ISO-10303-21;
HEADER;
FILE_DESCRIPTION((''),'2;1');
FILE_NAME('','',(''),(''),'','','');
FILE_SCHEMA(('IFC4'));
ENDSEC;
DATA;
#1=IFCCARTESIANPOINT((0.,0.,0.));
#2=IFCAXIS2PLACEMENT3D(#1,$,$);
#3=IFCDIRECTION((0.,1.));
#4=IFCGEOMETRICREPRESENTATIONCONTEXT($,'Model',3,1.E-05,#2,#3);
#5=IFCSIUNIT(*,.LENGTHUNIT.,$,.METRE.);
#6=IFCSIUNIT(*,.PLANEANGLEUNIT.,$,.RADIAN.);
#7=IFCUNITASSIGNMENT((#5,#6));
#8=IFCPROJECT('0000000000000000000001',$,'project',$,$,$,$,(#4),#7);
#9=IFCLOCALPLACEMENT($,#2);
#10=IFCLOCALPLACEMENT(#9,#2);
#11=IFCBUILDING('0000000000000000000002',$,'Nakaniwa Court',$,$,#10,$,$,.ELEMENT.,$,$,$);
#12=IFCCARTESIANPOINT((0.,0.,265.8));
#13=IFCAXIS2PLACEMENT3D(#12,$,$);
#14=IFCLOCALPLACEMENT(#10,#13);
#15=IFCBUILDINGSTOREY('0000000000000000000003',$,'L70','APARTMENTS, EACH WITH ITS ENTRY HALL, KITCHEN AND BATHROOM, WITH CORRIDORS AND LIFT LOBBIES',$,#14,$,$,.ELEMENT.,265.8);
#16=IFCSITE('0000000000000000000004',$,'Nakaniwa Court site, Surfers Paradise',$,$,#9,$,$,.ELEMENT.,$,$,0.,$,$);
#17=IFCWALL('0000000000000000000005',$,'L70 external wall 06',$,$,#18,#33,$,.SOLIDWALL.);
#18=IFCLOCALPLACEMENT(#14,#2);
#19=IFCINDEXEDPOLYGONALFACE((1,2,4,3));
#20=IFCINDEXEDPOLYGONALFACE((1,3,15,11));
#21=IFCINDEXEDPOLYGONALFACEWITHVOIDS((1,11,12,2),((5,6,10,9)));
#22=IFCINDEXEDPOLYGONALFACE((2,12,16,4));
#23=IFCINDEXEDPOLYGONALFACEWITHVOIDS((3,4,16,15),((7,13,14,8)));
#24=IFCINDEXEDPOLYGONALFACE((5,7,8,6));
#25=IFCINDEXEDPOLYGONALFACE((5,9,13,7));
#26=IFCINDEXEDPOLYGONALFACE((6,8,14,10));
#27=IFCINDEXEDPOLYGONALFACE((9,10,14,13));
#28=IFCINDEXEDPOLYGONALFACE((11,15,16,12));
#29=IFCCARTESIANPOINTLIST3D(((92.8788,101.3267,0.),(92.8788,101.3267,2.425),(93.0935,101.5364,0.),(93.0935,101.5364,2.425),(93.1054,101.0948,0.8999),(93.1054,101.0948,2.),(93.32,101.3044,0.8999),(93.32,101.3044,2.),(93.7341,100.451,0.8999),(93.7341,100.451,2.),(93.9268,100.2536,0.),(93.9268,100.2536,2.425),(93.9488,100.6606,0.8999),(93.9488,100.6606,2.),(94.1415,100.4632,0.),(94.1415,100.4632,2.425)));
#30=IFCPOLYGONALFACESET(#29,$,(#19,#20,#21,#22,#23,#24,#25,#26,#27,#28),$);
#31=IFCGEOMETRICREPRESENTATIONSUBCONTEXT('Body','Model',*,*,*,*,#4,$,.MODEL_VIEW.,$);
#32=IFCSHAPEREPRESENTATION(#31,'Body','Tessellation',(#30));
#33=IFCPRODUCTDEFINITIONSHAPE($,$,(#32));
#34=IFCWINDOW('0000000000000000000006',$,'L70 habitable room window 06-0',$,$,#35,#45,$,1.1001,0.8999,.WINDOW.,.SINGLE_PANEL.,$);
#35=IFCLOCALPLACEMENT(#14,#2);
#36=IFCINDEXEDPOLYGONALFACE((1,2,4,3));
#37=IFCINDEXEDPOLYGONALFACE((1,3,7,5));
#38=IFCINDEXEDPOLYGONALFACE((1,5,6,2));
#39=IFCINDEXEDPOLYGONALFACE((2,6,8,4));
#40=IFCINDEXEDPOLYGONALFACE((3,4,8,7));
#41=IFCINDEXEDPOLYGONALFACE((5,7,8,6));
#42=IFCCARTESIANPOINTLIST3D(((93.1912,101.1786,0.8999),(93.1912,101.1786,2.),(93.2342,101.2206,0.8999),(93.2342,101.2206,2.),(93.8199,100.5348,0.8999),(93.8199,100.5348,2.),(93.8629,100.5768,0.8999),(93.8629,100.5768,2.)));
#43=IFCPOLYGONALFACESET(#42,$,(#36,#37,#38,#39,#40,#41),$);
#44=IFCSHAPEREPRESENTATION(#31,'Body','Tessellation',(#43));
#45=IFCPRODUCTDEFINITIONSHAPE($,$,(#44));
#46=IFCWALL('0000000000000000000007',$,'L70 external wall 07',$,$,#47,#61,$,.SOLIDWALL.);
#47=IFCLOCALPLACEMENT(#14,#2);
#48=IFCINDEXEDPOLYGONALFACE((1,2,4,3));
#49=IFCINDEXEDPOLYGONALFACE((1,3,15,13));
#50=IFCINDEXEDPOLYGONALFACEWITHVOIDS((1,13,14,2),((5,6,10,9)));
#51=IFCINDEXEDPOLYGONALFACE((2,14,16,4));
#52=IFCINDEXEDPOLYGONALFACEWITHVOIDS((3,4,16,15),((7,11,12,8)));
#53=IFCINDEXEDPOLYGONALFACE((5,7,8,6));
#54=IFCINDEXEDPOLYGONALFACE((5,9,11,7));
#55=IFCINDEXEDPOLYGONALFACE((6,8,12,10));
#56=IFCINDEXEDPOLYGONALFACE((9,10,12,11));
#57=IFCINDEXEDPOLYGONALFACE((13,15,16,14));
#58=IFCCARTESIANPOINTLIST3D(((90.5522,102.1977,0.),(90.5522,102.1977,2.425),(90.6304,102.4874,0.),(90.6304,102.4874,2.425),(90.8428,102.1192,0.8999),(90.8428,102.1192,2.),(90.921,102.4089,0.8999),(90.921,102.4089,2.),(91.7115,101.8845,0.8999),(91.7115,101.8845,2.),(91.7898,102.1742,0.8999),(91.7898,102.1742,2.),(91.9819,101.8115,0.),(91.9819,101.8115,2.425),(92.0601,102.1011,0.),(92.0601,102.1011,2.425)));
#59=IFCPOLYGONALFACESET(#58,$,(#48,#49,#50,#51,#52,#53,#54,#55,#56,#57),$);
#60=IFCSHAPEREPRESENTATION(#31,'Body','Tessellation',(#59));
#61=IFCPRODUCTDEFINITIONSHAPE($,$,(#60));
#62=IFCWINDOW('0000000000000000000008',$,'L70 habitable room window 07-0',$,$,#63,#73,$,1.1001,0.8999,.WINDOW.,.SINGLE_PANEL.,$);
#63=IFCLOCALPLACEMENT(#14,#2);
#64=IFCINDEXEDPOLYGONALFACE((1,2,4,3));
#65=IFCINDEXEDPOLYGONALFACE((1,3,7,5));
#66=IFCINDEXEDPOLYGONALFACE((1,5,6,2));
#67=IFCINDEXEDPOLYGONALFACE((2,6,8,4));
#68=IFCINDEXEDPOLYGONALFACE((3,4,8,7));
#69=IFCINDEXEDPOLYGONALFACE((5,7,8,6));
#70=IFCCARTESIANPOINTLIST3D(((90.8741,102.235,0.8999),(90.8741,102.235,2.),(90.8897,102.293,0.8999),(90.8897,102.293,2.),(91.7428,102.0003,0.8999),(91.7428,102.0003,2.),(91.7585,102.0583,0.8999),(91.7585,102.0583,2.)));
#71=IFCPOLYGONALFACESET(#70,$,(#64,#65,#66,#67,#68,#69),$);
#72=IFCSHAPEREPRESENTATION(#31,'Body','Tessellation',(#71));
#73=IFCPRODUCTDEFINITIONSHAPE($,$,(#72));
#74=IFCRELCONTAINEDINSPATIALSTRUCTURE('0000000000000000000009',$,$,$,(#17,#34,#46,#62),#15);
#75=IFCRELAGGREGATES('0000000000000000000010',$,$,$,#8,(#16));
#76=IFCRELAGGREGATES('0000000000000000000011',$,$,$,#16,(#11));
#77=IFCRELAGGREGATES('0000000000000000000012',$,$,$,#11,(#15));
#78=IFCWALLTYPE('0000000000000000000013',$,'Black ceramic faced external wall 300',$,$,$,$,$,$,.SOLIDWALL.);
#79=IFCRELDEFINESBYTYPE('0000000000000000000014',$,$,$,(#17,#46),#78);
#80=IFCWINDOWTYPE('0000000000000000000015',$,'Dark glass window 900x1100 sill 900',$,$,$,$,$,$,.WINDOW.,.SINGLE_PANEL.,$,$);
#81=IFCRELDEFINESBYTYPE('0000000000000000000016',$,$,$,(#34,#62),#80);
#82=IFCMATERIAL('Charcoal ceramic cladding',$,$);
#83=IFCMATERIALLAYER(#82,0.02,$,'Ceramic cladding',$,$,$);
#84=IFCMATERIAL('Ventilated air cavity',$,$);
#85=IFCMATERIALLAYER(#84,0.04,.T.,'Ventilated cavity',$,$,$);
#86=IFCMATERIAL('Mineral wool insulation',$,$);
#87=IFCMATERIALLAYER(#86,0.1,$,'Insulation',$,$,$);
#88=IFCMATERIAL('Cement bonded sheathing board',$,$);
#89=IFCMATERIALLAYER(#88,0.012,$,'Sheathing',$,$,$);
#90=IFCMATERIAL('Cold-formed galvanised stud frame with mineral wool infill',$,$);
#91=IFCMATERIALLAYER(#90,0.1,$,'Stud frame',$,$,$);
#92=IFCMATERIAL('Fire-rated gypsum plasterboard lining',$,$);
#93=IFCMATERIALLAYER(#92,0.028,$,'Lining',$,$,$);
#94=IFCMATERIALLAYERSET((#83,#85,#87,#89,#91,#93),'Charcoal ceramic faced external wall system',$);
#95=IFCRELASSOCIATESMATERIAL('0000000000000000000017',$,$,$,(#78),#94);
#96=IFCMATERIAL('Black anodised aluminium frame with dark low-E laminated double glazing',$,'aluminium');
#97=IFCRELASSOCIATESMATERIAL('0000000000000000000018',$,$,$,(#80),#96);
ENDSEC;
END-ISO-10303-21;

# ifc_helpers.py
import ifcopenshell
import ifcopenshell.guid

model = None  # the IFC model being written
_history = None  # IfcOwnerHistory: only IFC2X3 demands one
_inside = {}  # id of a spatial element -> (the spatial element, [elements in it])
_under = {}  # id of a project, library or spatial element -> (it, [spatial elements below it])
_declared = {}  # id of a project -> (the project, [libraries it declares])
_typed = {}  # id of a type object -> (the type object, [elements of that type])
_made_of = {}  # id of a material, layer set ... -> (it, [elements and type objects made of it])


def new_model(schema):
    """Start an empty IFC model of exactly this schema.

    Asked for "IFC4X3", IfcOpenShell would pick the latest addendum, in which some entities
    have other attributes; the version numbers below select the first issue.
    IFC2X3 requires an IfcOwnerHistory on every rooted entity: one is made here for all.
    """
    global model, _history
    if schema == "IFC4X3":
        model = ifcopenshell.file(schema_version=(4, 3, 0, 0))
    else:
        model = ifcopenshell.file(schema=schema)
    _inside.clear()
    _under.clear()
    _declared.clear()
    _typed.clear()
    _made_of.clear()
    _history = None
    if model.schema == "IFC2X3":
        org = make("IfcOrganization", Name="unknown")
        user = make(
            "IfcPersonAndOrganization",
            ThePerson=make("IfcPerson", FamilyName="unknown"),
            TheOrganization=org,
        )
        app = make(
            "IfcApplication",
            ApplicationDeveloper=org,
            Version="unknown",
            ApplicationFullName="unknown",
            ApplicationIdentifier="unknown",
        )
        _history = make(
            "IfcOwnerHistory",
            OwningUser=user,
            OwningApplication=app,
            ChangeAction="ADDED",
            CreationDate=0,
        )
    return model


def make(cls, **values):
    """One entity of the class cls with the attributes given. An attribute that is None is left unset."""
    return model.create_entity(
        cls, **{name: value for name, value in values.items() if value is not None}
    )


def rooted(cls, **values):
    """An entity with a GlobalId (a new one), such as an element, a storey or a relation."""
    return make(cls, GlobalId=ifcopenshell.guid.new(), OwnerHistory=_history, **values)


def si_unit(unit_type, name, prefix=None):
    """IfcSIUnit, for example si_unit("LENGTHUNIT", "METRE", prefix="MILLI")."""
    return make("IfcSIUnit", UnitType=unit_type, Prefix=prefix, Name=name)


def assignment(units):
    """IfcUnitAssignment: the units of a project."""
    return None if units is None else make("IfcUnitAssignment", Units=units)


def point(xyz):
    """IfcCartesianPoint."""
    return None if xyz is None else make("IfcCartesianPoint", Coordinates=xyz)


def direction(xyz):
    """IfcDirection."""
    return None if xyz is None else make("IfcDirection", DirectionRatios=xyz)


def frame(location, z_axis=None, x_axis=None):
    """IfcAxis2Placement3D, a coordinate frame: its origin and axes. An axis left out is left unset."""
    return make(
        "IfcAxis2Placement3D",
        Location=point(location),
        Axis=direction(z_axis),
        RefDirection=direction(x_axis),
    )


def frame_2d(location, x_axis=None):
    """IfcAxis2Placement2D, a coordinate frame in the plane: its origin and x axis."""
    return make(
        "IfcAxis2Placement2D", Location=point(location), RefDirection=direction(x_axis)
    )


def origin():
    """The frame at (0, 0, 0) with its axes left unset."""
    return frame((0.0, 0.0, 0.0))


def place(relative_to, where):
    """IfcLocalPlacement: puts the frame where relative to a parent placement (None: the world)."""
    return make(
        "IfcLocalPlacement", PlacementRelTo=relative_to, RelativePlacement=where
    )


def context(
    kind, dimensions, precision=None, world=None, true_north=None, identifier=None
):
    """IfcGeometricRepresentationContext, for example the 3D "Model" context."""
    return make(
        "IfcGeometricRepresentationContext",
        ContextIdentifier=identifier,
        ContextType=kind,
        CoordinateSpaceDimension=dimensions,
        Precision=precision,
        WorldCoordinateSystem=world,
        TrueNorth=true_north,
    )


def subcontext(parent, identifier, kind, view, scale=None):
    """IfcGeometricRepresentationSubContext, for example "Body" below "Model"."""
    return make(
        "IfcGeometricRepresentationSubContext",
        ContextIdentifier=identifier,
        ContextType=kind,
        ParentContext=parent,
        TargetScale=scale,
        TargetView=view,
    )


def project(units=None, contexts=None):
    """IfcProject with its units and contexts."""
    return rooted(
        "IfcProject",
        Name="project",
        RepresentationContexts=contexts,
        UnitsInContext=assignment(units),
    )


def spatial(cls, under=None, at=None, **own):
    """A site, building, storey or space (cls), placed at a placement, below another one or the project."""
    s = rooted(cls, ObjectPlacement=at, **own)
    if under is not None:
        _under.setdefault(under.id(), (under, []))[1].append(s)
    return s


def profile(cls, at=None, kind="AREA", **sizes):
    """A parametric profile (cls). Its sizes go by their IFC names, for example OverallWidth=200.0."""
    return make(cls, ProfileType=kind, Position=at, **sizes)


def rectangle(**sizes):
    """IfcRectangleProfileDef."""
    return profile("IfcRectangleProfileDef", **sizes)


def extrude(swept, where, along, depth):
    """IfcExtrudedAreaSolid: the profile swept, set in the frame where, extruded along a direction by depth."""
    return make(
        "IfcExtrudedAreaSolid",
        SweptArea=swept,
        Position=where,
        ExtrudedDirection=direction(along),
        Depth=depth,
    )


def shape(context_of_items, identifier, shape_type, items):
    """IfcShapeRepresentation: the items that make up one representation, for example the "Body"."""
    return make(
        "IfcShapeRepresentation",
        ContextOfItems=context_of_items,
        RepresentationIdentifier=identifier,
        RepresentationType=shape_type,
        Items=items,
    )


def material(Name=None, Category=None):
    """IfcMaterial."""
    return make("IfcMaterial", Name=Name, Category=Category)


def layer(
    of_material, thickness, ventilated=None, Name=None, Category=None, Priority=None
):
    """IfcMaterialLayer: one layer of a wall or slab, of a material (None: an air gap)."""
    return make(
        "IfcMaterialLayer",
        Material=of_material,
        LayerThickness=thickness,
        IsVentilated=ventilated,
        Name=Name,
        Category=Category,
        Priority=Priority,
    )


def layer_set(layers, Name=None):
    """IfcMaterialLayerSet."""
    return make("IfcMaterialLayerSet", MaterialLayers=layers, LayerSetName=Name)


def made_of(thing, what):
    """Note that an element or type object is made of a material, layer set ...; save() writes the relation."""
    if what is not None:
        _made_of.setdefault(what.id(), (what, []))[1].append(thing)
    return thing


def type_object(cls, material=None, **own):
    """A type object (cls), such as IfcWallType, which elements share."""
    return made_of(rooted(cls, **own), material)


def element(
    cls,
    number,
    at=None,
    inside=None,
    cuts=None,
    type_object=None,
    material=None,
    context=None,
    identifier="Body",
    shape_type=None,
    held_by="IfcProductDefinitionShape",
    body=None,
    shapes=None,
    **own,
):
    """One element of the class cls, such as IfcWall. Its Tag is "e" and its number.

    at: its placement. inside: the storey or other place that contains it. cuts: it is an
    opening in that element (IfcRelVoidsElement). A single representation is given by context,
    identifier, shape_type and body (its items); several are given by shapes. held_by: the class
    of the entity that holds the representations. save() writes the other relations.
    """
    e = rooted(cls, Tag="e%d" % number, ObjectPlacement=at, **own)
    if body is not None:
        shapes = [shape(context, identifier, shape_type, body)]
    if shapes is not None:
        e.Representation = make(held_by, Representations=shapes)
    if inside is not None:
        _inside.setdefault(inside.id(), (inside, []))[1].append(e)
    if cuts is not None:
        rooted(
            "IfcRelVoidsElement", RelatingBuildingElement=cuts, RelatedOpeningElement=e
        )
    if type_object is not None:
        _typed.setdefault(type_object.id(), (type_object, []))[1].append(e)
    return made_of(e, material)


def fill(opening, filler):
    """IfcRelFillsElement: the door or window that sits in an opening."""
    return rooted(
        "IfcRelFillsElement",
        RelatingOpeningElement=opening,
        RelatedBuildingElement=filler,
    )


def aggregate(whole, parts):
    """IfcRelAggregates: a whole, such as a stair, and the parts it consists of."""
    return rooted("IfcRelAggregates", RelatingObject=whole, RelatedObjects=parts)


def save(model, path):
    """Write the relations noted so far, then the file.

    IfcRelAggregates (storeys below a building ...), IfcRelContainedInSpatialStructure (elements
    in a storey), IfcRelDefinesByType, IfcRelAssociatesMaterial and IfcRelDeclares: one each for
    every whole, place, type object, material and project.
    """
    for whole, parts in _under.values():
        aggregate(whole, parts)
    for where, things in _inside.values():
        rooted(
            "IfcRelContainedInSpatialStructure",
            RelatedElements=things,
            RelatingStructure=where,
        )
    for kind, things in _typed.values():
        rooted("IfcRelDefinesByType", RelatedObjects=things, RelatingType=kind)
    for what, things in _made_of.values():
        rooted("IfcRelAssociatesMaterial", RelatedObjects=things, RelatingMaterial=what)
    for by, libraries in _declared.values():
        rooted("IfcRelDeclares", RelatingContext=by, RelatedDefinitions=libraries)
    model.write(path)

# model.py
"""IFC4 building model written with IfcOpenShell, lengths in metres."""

from ifc_helpers import new_model, si_unit, direction, frame, frame_2d, origin, place, context, subcontext, project, spatial, rectangle, extrude, material, layer, layer_set, type_object, element, fill, save


model = new_model("IFC4")

# Units and contexts
model_context = context("Model", 3, precision=1e-05, world=origin(), true_north=direction((0.0, 1.0)))
body_context = subcontext(model_context, "Body", "Model", "MODEL_VIEW")
ifc_project = project(units=[si_unit("LENGTHUNIT", "METRE"), si_unit("PLANEANGLEUNIT", "RADIAN")], contexts=[model_context])

# Site, building, storey
site_placement = place(None, origin())
site = spatial("IfcSite", under=ifc_project, at=site_placement, Name="Nakaniwa Court site, Surfers Paradise", CompositionType="ELEMENT", RefElevation=0.0)
building_placement = place(site_placement, origin())
building = spatial("IfcBuilding", under=site, at=building_placement, Name="Nakaniwa Court", CompositionType="ELEMENT")
storey_placement = place(building_placement, frame((0.0, 0.0, 265.8)))
storey = spatial("IfcBuildingStorey", under=building, at=storey_placement, Name="L70", Description="APARTMENTS, EACH WITH ITS ENTRY HALL, KITCHEN AND BATHROOM, WITH CORRIDORS AND LIFT LOBBIES", CompositionType="ELEMENT", Elevation=265.8)

# Walls, openings, windows
ifc_material_1 = material(Name="Charcoal ceramic cladding")
ifc_layer_1 = layer(ifc_material_1, 0.02, Name="Ceramic cladding")
ifc_material_2 = material(Name="Ventilated air cavity")
ifc_layer_2 = layer(ifc_material_2, 0.04, ventilated=True, Name="Ventilated cavity")
ifc_material_3 = material(Name="Mineral wool insulation")
ifc_layer_3 = layer(ifc_material_3, 0.1, Name="Insulation")
ifc_material_4 = material(Name="Cement bonded sheathing board")
ifc_layer_4 = layer(ifc_material_4, 0.012, Name="Sheathing")
ifc_material_5 = material(Name="Cold-formed galvanised stud frame with mineral wool infill")
ifc_layer_5 = layer(ifc_material_5, 0.1, Name="Stud frame")
ifc_material_6 = material(Name="Fire-rated gypsum plasterboard lining")
ifc_layer_6 = layer(ifc_material_6, 0.028, Name="Lining")
ifc_layer_set_1 = layer_set([ifc_layer_1, ifc_layer_2, ifc_layer_3, ifc_layer_4, ifc_layer_5, ifc_layer_6], Name="Charcoal ceramic faced external wall system")
wall_type_1 = type_object("IfcWallType", Name="Black ceramic faced external wall 300", PredefinedType="SOLIDWALL", material=ifc_layer_set_1)
ifc_material_7 = material(Name="Black anodised aluminium frame with dark low-E laminated double glazing", Category="aluminium")
wall_1_placement = place(storey_placement, frame((94.0342, 100.3584, 0.0), z_axis=(0.0, 0.0, 1.0), x_axis=(-0.698676, 0.715439, 0.0)))
wall_1 = element("IfcWall", 1, at=wall_1_placement, inside=storey, type_object=wall_type_1, Name="L70 external wall 06", PredefinedType="SOLIDWALL", context=body_context, shape_type="SweptSolid", body=[
    extrude(rectangle(XDim=1.5, YDim=0.3, at=frame_2d((0.75, 0.0))), origin(), (0.0, 0.0, 1.0), 2.425),
])
opening_1_placement = place(wall_1_placement, frame((0.2759, 0.0, 0.8999)))
opening_1 = element("IfcOpeningElement", 2, at=opening_1_placement, cuts=wall_1, PredefinedType="OPENING", context=body_context, shape_type="SweptSolid", body=[
    extrude(rectangle(XDim=0.8999, YDim=1.1001, at=frame_2d((0.45, 0.55))), frame((0.0, 0.1599, 0.0), z_axis=(0.0, -1.0, 0.0), x_axis=(1.0, 0.0, 0.0)), (0.0, 0.0, 1.0), 0.3201),
])
window_type_1 = type_object("IfcWindowType", Name="Dark glass window 900x1100 sill 900", PartitioningType="SINGLE_PANEL", PredefinedType="WINDOW", material=ifc_material_7)
window_1_placement = place(opening_1_placement, origin())
window_1 = element("IfcWindow", 3, at=window_1_placement, inside=storey, type_object=window_type_1, Name="L70 habitable room window 06-0", OverallHeight=1.1001, OverallWidth=0.8999, PartitioningType="SINGLE_PANEL", PredefinedType="WINDOW", context=body_context, shape_type="SweptSolid", body=[
    extrude(rectangle(XDim=0.8999, YDim=1.1001, at=frame_2d((0.45, 0.55))), frame((0.0, 0.03, 0.0), z_axis=(0.0, -1.0, 0.0), x_axis=(1.0, 0.0, 0.0)), (0.0, 0.0, 1.0), 0.0601),
])
fill(opening_1, window_1)
wall_2_placement = place(storey_placement, frame((92.021, 101.9563, 0.0), z_axis=(0.0, 0.0, 1.0), x_axis=(-0.965393, 0.260801, 0.0)))
wall_2 = element("IfcWall", 4, at=wall_2_placement, inside=storey, type_object=wall_type_1, Name="L70 external wall 07", PredefinedType="SOLIDWALL", context=body_context, shape_type="SweptSolid", body=[
    extrude(rectangle(XDim=1.481, YDim=0.3, at=frame_2d((0.7405, 0.0))), origin(), (0.0, 0.0, 1.0), 2.425),
])
opening_2_placement = place(wall_2_placement, frame((0.28, 0.0, 0.8999)))
opening_2 = element("IfcOpeningElement", 5, at=opening_2_placement, cuts=wall_2, PredefinedType="OPENING", context=body_context, shape_type="SweptSolid", body=[
    extrude(rectangle(XDim=0.8999, YDim=1.1001, at=frame_2d((0.45, 0.55))), frame((0.0, 0.1599, 0.0), z_axis=(0.0, -1.0, 0.0), x_axis=(1.0, 0.0, 0.0)), (0.0, 0.0, 1.0), 0.3201),
])
window_2_placement = place(opening_2_placement, origin())
window_2 = element("IfcWindow", 6, at=window_2_placement, inside=storey, type_object=window_type_1, Name="L70 habitable room window 07-0", OverallHeight=1.1001, OverallWidth=0.8999, PartitioningType="SINGLE_PANEL", PredefinedType="WINDOW", context=body_context, shape_type="SweptSolid", body=[
    extrude(rectangle(XDim=0.8999, YDim=1.1001, at=frame_2d((0.45, 0.55))), frame((0.0, 0.03, 0.0), z_axis=(0.0, -1.0, 0.0), x_axis=(1.0, 0.0, 0.0)), (0.0, 0.0, 1.0), 0.0601),
])
fill(opening_2, window_2)

save(model, "model.ifc")
